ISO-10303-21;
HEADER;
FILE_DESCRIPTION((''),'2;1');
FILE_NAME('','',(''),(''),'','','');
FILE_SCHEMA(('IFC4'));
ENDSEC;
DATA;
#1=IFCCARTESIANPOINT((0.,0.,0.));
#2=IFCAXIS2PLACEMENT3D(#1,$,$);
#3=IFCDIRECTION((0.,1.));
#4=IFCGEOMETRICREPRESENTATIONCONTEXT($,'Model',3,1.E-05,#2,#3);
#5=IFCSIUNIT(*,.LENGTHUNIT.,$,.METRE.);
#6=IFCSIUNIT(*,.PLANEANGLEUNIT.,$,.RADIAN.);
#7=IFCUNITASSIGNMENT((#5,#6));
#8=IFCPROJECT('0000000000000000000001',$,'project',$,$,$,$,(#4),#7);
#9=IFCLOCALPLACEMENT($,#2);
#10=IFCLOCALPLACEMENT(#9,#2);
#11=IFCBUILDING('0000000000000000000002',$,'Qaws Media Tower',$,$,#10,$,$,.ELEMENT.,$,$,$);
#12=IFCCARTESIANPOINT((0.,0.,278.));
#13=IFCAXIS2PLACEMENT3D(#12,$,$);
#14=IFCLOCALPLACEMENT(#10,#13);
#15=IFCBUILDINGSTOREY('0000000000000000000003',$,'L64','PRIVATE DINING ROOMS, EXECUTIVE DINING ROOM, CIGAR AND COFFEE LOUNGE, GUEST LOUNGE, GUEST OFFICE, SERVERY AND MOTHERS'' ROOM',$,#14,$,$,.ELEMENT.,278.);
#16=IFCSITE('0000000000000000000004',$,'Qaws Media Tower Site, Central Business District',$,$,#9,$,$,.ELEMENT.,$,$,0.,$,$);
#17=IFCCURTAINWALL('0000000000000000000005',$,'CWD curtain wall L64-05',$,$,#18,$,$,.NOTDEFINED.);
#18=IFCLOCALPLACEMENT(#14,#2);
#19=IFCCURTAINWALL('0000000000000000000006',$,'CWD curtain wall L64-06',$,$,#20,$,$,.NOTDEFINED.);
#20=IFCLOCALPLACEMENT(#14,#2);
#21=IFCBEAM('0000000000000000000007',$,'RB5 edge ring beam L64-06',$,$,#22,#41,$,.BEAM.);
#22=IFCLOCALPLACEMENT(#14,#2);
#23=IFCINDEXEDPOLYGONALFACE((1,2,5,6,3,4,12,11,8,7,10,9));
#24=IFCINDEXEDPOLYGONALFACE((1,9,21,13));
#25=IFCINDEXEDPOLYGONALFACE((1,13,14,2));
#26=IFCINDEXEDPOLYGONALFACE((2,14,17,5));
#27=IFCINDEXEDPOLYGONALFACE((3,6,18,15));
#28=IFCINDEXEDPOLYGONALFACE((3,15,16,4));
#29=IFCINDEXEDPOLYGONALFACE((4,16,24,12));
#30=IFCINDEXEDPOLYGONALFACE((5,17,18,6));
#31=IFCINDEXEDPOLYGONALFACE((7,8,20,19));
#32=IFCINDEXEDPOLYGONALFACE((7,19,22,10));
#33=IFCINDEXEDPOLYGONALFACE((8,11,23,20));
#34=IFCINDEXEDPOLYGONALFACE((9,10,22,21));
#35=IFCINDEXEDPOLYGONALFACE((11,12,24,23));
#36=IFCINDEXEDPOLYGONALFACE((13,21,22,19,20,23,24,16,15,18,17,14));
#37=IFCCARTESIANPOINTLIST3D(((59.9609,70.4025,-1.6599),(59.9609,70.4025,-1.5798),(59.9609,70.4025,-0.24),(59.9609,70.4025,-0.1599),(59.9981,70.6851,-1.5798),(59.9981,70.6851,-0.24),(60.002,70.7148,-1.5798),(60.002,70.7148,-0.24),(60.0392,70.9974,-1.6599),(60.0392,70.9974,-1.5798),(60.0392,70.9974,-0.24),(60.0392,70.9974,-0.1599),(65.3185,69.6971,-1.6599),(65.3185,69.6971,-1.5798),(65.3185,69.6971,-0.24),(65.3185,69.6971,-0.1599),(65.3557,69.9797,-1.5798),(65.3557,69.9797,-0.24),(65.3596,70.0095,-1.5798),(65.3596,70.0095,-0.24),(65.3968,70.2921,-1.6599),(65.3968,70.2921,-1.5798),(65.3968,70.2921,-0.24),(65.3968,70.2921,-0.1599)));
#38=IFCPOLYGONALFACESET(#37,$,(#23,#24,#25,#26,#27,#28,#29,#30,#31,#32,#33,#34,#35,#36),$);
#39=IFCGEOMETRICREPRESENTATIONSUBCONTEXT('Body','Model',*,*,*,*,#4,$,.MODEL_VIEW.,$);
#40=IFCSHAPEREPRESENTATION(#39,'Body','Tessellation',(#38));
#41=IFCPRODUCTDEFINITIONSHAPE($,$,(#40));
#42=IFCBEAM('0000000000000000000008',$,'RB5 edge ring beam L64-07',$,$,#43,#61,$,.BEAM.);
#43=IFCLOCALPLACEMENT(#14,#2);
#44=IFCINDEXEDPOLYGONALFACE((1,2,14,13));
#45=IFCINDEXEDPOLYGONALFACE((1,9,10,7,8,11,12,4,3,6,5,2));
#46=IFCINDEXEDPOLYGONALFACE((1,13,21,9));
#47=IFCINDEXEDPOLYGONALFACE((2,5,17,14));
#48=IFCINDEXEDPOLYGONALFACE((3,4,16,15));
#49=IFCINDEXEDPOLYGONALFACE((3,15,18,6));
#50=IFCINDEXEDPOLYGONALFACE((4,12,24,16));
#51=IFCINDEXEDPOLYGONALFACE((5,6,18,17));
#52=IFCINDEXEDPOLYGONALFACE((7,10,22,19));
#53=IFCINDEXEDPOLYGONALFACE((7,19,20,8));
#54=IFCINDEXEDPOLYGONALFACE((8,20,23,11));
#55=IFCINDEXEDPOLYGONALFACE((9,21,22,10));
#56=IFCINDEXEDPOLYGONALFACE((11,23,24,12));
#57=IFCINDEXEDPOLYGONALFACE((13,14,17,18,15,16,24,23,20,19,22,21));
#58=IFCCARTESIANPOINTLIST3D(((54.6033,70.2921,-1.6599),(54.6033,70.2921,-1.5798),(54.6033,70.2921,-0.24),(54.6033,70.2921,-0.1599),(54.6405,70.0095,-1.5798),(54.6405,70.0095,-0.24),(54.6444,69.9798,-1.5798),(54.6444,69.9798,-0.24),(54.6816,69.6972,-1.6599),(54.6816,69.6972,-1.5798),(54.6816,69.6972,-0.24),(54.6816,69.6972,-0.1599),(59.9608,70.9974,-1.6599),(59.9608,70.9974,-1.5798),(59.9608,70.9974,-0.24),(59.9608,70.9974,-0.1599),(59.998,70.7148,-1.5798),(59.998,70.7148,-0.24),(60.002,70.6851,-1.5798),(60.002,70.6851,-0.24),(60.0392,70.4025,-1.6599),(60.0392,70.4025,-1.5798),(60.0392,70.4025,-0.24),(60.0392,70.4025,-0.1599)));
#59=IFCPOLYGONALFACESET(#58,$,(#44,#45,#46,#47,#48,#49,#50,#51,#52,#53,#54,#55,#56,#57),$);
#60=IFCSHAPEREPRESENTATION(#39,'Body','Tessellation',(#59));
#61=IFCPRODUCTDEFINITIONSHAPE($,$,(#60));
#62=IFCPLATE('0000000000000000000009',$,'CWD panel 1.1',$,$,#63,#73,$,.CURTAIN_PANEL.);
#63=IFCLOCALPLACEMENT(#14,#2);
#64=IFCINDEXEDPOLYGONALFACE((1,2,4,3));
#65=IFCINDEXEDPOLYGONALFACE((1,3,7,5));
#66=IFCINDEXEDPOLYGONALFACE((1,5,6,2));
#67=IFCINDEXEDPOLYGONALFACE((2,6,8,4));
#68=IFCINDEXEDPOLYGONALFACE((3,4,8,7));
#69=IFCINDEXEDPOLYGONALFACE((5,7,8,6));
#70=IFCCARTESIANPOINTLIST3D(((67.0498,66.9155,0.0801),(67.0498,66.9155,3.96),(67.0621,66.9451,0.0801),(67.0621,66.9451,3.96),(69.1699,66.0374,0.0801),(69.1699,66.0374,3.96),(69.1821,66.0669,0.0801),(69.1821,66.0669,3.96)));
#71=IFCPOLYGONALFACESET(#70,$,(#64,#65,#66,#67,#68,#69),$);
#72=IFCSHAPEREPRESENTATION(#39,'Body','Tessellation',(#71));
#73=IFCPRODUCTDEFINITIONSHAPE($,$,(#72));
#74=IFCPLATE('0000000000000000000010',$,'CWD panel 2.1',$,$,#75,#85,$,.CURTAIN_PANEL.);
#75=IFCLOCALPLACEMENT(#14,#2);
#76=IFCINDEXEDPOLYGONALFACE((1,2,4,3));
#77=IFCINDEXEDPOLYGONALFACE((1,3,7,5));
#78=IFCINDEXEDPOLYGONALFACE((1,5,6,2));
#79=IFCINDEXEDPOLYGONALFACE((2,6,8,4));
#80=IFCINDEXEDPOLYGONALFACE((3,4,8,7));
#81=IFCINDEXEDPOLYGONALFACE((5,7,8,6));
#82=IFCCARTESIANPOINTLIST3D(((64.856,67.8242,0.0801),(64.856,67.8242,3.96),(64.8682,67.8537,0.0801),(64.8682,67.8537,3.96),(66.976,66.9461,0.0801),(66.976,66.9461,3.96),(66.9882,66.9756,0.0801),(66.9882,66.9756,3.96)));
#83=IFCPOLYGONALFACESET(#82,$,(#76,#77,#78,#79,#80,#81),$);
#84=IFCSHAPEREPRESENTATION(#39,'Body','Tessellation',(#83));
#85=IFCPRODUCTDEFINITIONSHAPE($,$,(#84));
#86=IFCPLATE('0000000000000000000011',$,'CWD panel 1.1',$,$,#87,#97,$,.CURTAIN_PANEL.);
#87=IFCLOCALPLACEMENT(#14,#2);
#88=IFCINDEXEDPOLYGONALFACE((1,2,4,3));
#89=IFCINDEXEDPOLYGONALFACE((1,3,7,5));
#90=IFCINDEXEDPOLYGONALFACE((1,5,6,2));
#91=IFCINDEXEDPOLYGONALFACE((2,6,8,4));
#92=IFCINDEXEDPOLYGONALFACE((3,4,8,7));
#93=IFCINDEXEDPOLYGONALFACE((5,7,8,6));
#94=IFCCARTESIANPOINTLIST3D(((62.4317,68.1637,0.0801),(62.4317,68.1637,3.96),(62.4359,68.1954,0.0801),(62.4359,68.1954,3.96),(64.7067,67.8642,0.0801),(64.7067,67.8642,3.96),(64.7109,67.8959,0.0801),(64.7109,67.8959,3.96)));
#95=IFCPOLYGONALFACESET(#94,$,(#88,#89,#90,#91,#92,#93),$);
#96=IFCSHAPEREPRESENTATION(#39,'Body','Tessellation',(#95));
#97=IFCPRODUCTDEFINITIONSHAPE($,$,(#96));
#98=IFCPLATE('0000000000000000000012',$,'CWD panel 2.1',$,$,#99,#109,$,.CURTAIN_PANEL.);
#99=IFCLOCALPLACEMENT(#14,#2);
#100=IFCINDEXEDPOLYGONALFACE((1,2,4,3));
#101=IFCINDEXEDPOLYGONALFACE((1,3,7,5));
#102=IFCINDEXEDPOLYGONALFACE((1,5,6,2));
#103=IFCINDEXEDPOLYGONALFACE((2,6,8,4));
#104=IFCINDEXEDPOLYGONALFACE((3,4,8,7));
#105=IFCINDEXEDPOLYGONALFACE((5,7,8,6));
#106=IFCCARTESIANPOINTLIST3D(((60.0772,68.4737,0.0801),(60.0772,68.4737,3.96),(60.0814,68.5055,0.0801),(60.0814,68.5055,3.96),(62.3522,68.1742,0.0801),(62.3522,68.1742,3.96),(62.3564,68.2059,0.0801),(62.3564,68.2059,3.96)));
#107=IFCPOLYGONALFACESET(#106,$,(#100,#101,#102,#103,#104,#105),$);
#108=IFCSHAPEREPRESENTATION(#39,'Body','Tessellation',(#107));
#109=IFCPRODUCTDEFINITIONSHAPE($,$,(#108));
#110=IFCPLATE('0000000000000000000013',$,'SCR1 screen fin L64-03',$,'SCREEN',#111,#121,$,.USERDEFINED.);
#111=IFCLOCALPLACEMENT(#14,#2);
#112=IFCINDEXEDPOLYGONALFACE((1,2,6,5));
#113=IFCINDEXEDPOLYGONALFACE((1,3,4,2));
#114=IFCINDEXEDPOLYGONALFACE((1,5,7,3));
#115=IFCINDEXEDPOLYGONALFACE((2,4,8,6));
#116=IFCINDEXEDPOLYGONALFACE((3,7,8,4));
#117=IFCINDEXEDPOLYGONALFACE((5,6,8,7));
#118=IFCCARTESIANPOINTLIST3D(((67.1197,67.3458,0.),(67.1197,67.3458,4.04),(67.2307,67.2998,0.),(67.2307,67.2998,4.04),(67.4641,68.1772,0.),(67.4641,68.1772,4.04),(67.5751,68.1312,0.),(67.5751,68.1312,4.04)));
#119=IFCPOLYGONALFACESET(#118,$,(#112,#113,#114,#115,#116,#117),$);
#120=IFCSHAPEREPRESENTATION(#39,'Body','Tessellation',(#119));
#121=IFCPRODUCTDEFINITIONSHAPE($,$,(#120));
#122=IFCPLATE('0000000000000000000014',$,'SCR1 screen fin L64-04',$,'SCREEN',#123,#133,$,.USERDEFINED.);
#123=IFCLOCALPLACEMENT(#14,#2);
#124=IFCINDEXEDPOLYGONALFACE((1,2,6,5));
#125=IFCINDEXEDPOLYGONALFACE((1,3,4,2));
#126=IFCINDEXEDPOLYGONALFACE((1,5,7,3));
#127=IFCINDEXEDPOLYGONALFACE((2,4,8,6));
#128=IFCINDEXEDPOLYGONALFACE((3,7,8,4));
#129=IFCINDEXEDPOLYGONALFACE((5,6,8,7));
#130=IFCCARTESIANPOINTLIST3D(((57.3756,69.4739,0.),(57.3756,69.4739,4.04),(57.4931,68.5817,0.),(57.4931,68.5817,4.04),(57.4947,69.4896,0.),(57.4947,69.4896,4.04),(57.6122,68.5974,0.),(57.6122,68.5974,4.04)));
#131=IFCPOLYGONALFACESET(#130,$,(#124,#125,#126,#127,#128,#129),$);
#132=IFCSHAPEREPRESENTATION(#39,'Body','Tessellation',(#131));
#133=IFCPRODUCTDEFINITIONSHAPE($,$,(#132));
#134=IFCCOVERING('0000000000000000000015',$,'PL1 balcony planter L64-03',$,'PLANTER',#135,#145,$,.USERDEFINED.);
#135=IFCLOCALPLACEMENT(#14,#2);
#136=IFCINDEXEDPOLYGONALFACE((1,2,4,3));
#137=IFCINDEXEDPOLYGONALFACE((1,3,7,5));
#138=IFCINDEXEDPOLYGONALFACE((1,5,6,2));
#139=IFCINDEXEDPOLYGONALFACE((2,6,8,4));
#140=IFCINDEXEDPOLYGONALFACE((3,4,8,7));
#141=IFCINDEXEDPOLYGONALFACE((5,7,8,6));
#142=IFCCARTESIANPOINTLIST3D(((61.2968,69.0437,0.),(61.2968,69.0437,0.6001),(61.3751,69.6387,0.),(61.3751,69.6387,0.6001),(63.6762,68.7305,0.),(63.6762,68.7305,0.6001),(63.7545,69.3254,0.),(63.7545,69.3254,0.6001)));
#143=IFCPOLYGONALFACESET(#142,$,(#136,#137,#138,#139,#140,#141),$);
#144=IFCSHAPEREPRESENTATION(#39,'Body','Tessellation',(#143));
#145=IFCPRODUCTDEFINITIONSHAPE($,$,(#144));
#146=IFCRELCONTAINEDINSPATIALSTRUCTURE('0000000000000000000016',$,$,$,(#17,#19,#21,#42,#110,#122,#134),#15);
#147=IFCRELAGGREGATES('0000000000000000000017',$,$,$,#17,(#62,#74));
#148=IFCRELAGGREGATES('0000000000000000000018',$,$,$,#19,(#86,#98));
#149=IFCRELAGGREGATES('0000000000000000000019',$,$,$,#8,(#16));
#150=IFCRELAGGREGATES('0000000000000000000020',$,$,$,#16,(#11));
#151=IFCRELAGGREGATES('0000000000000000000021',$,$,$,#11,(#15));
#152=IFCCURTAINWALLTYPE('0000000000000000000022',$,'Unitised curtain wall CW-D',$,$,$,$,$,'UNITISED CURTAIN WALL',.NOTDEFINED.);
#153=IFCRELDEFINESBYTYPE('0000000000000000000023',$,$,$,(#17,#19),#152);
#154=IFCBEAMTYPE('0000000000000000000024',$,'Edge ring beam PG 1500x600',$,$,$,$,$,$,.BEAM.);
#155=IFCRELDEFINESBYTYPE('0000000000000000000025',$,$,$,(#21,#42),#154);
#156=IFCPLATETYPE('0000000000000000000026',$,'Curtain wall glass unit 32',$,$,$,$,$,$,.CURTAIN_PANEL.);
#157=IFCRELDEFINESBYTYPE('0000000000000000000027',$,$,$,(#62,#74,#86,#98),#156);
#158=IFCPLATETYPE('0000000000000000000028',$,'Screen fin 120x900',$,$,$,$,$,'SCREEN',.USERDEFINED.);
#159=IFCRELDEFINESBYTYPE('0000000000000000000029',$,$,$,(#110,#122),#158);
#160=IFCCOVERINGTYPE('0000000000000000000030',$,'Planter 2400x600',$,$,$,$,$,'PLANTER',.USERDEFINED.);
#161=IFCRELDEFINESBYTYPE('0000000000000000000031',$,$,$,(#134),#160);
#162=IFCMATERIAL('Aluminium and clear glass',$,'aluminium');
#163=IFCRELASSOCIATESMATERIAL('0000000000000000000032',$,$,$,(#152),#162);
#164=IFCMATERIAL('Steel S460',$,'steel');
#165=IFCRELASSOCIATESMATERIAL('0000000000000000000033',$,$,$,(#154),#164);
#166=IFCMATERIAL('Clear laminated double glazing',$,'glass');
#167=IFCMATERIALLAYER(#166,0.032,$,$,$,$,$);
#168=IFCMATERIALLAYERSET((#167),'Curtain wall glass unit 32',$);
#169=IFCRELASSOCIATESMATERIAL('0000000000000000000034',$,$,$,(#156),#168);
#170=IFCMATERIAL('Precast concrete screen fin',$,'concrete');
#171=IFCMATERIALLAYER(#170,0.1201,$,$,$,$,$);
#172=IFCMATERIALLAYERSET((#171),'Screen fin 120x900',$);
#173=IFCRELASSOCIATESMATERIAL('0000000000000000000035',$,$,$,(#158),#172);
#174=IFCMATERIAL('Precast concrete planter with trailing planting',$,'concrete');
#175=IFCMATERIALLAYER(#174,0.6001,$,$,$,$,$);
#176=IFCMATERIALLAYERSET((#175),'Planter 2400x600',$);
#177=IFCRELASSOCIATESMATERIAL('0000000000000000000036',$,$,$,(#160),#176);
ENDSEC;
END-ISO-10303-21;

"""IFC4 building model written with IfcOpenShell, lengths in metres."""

from ifc_helpers import new_model, si_unit, direction, frame, origin, origin_2d, place, context, subcontext, project, spatial, rectangle, i_section, extrude, material, layer, layer_set, material_profile, profile_set, type_object, element, aggregate, save


model = new_model("IFC4")

# Units and contexts
model_context = context("Model", 3, precision=1e-05, world=origin(), true_north=direction((0.0, 1.0)))
body_context = subcontext(model_context, "Body", "Model", "MODEL_VIEW")
ifc_project = project(units=[si_unit("LENGTHUNIT", "METRE"), si_unit("PLANEANGLEUNIT", "RADIAN")], contexts=[model_context])

# Site, building, storey
site_placement = place(None, origin())
site = spatial("IfcSite", under=ifc_project, at=site_placement, Name="Qaws Media Tower Site, Central Business District", CompositionType="ELEMENT", RefElevation=0.0)
building_placement = place(site_placement, origin())
building = spatial("IfcBuilding", under=site, at=building_placement, Name="Qaws Media Tower", CompositionType="ELEMENT")
storey_placement = place(building_placement, frame((0.0, 0.0, 278.0)))
storey = spatial("IfcBuildingStorey", under=building, at=storey_placement, Name="L64", Description="PRIVATE DINING ROOMS, EXECUTIVE DINING ROOM, CIGAR AND COFFEE LOUNGE, GUEST LOUNGE, GUEST OFFICE, SERVERY AND MOTHERS' ROOM", CompositionType="ELEMENT", Elevation=278.0)

# Curtain walls
ifc_material_1 = material(Name="Aluminium and clear glass", Category="aluminium")
curtain_wall_type = type_object("IfcCurtainWallType", Name="Unitised curtain wall CW-D", ElementType="UNITISED CURTAIN WALL", PredefinedType="NOTDEFINED", material=ifc_material_1)
curtain_wall_1_placement = place(storey_placement, origin())
curtain_wall_1 = element("IfcCurtainWall", 1, at=curtain_wall_1_placement, inside=storey, type_object=curtain_wall_type, Name="CWD curtain wall L64-05", PredefinedType="NOTDEFINED")
curtain_wall_2_placement = place(storey_placement, origin())
curtain_wall_2 = element("IfcCurtainWall", 2, at=curtain_wall_2_placement, inside=storey, type_object=curtain_wall_type, Name="CWD curtain wall L64-06", PredefinedType="NOTDEFINED")

# Beams
ifc_material_2 = material(Name="Steel S460", Category="steel")
ifc_material_profile_1 = material_profile(ifc_material_2, i_section(OverallWidth=0.6001, OverallDepth=1.5, WebThickness=0.03, FlangeThickness=0.0801, at=origin_2d()), Name="PG 1500x600")
ifc_profile_set_1 = profile_set([ifc_material_profile_1], Name="Steel S460")
beam_type = type_object("IfcBeamType", Name="Edge ring beam PG 1500x600", PredefinedType="BEAM", material=ifc_profile_set_1)
for number, where, z_axis, x_axis, name in (
    (3, (65.3577, 69.9946, -0.9099), (-0.991446, 0.130521, 0.0), (-0.130521, -0.991446, 0.0), "RB5 edge ring beam L64-06"),
    (4, (60.0, 70.7, -0.9099), (-0.991446, -0.130521, 0.0), (0.130521, -0.991446, 0.0), "RB5 edge ring beam L64-07"),
):
    element("IfcBeam", number, at=place(storey_placement, frame(where, z_axis=z_axis, x_axis=x_axis)), inside=storey, type_object=beam_type, Name=name, PredefinedType="BEAM", context=body_context, shape_type="SweptSolid", body=[
        extrude(i_section(OverallWidth=0.6001, OverallDepth=1.5, WebThickness=0.03, FlangeThickness=0.0801, at=origin_2d()), origin(), (0.0, 0.0, 1.0), 5.4038),
    ])

# Plates
ifc_material_3 = material(Name="Clear laminated double glazing", Category="glass")
ifc_layer_1 = layer(ifc_material_3, 0.032)
ifc_layer_set_1 = layer_set([ifc_layer_1], Name="Curtain wall glass unit 32")
plate_type_1 = type_object("IfcPlateType", Name="Curtain wall glass unit 32", PredefinedType="CURTAIN_PANEL", material=ifc_layer_set_1)
plate_1_placement = place(storey_placement, frame((68.116, 66.4912, 0.0801), z_axis=(0.0, 0.0, 1.0), x_axis=(-0.92388, 0.382683, 0.0)))
plate_1 = element("IfcPlate", 5, at=plate_1_placement, type_object=plate_type_1, Name="CWD panel 1.1", PredefinedType="CURTAIN_PANEL", context=body_context, shape_type="SweptSolid", body=[
    extrude(rectangle(XDim=2.2947, YDim=0.032, at=origin_2d()), origin(), (0.0, 0.0, 1.0), 3.8799),
])
plate_2_placement = place(storey_placement, frame((65.9221, 67.3999, 0.0801), z_axis=(0.0, 0.0, 1.0), x_axis=(-0.92388, 0.382683, 0.0)))
plate_2 = element("IfcPlate", 6, at=plate_2_placement, type_object=plate_type_1, Name="CWD panel 2.1", PredefinedType="CURTAIN_PANEL", context=body_context, shape_type="SweptSolid", body=[
    extrude(rectangle(XDim=2.2947, YDim=0.032, at=origin_2d()), origin(), (0.0, 0.0, 1.0), 3.8799),
])
aggregate(curtain_wall_1, [plate_1, plate_2])
plate_3_placement = place(storey_placement, frame((63.5713, 68.0298, 0.0801), z_axis=(0.0, 0.0, 1.0), x_axis=(-0.991445, 0.130526, 0.0)))
plate_3 = element("IfcPlate", 7, at=plate_3_placement, type_object=plate_type_1, Name="CWD panel 1.1", PredefinedType="CURTAIN_PANEL", context=body_context, shape_type="SweptSolid", body=[
    extrude(rectangle(XDim=2.2947, YDim=0.032, at=origin_2d()), origin(), (0.0, 0.0, 1.0), 3.8799),
])
plate_4_placement = place(storey_placement, frame((61.2168, 68.3398, 0.0801), z_axis=(0.0, 0.0, 1.0), x_axis=(-0.991445, 0.130526, 0.0)))
plate_4 = element("IfcPlate", 8, at=plate_4_placement, type_object=plate_type_1, Name="CWD panel 2.1", PredefinedType="CURTAIN_PANEL", context=body_context, shape_type="SweptSolid", body=[
    extrude(rectangle(XDim=2.2947, YDim=0.032, at=origin_2d()), origin(), (0.0, 0.0, 1.0), 3.8799),
])
aggregate(curtain_wall_2, [plate_3, plate_4])

# Plates
ifc_material_4 = material(Name="Precast concrete screen fin", Category="concrete")
ifc_layer_2 = layer(ifc_material_4, 0.1201)
ifc_layer_set_2 = layer_set([ifc_layer_2], Name="Screen fin 120x900")
plate_type_2 = type_object("IfcPlateType", Name="Screen fin 120x900", ElementType="SCREEN", PredefinedType="USERDEFINED", material=ifc_layer_set_2)
for number, where, z_axis, x_axis, name in (
    (9, (67.3474, 67.7385, 0.0), (0.0, 0.0, 1.0), (0.382683, 0.92388, 0.0), "SCR1 screen fin L64-03"),
    (10, (57.4939, 69.0356, 0.0), (0.0, 0.0, 1.0), (-0.130526, 0.991445, 0.0), "SCR1 screen fin L64-04"),
):
    element("IfcPlate", number, at=place(storey_placement, frame(where, z_axis=z_axis, x_axis=x_axis)), inside=storey, type_object=plate_type_2, Name=name, ObjectType="SCREEN", PredefinedType="USERDEFINED", context=body_context, shape_type="SweptSolid", body=[
        extrude(rectangle(XDim=0.8999, YDim=0.1201, at=origin_2d()), origin(), (0.0, 0.0, 1.0), 4.04),
    ])

# Covering
ifc_material_5 = material(Name="Precast concrete planter with trailing planting", Category="concrete")
ifc_layer_3 = layer(ifc_material_5, 0.6001)
ifc_layer_set_3 = layer_set([ifc_layer_3], Name="Planter 2400x600")
covering_type = type_object("IfcCoveringType", Name="Planter 2400x600", ElementType="PLANTER", PredefinedType="USERDEFINED", material=ifc_layer_set_3)
covering_placement = place(storey_placement, frame((62.5256, 69.1846, 0.0), z_axis=(0.0, 0.0, 1.0), x_axis=(-0.991445, 0.130526, 0.0)))
element("IfcCovering", 11, at=covering_placement, inside=storey, type_object=covering_type, Name="PL1 balcony planter L64-03", ObjectType="PLANTER", PredefinedType="USERDEFINED", context=body_context, shape_type="SweptSolid", body=[
    extrude(rectangle(XDim=2.3999, YDim=0.6001, at=origin_2d()), origin(), (0.0, 0.0, 1.0), 0.6001),
])

save(model, "model.ifc")
